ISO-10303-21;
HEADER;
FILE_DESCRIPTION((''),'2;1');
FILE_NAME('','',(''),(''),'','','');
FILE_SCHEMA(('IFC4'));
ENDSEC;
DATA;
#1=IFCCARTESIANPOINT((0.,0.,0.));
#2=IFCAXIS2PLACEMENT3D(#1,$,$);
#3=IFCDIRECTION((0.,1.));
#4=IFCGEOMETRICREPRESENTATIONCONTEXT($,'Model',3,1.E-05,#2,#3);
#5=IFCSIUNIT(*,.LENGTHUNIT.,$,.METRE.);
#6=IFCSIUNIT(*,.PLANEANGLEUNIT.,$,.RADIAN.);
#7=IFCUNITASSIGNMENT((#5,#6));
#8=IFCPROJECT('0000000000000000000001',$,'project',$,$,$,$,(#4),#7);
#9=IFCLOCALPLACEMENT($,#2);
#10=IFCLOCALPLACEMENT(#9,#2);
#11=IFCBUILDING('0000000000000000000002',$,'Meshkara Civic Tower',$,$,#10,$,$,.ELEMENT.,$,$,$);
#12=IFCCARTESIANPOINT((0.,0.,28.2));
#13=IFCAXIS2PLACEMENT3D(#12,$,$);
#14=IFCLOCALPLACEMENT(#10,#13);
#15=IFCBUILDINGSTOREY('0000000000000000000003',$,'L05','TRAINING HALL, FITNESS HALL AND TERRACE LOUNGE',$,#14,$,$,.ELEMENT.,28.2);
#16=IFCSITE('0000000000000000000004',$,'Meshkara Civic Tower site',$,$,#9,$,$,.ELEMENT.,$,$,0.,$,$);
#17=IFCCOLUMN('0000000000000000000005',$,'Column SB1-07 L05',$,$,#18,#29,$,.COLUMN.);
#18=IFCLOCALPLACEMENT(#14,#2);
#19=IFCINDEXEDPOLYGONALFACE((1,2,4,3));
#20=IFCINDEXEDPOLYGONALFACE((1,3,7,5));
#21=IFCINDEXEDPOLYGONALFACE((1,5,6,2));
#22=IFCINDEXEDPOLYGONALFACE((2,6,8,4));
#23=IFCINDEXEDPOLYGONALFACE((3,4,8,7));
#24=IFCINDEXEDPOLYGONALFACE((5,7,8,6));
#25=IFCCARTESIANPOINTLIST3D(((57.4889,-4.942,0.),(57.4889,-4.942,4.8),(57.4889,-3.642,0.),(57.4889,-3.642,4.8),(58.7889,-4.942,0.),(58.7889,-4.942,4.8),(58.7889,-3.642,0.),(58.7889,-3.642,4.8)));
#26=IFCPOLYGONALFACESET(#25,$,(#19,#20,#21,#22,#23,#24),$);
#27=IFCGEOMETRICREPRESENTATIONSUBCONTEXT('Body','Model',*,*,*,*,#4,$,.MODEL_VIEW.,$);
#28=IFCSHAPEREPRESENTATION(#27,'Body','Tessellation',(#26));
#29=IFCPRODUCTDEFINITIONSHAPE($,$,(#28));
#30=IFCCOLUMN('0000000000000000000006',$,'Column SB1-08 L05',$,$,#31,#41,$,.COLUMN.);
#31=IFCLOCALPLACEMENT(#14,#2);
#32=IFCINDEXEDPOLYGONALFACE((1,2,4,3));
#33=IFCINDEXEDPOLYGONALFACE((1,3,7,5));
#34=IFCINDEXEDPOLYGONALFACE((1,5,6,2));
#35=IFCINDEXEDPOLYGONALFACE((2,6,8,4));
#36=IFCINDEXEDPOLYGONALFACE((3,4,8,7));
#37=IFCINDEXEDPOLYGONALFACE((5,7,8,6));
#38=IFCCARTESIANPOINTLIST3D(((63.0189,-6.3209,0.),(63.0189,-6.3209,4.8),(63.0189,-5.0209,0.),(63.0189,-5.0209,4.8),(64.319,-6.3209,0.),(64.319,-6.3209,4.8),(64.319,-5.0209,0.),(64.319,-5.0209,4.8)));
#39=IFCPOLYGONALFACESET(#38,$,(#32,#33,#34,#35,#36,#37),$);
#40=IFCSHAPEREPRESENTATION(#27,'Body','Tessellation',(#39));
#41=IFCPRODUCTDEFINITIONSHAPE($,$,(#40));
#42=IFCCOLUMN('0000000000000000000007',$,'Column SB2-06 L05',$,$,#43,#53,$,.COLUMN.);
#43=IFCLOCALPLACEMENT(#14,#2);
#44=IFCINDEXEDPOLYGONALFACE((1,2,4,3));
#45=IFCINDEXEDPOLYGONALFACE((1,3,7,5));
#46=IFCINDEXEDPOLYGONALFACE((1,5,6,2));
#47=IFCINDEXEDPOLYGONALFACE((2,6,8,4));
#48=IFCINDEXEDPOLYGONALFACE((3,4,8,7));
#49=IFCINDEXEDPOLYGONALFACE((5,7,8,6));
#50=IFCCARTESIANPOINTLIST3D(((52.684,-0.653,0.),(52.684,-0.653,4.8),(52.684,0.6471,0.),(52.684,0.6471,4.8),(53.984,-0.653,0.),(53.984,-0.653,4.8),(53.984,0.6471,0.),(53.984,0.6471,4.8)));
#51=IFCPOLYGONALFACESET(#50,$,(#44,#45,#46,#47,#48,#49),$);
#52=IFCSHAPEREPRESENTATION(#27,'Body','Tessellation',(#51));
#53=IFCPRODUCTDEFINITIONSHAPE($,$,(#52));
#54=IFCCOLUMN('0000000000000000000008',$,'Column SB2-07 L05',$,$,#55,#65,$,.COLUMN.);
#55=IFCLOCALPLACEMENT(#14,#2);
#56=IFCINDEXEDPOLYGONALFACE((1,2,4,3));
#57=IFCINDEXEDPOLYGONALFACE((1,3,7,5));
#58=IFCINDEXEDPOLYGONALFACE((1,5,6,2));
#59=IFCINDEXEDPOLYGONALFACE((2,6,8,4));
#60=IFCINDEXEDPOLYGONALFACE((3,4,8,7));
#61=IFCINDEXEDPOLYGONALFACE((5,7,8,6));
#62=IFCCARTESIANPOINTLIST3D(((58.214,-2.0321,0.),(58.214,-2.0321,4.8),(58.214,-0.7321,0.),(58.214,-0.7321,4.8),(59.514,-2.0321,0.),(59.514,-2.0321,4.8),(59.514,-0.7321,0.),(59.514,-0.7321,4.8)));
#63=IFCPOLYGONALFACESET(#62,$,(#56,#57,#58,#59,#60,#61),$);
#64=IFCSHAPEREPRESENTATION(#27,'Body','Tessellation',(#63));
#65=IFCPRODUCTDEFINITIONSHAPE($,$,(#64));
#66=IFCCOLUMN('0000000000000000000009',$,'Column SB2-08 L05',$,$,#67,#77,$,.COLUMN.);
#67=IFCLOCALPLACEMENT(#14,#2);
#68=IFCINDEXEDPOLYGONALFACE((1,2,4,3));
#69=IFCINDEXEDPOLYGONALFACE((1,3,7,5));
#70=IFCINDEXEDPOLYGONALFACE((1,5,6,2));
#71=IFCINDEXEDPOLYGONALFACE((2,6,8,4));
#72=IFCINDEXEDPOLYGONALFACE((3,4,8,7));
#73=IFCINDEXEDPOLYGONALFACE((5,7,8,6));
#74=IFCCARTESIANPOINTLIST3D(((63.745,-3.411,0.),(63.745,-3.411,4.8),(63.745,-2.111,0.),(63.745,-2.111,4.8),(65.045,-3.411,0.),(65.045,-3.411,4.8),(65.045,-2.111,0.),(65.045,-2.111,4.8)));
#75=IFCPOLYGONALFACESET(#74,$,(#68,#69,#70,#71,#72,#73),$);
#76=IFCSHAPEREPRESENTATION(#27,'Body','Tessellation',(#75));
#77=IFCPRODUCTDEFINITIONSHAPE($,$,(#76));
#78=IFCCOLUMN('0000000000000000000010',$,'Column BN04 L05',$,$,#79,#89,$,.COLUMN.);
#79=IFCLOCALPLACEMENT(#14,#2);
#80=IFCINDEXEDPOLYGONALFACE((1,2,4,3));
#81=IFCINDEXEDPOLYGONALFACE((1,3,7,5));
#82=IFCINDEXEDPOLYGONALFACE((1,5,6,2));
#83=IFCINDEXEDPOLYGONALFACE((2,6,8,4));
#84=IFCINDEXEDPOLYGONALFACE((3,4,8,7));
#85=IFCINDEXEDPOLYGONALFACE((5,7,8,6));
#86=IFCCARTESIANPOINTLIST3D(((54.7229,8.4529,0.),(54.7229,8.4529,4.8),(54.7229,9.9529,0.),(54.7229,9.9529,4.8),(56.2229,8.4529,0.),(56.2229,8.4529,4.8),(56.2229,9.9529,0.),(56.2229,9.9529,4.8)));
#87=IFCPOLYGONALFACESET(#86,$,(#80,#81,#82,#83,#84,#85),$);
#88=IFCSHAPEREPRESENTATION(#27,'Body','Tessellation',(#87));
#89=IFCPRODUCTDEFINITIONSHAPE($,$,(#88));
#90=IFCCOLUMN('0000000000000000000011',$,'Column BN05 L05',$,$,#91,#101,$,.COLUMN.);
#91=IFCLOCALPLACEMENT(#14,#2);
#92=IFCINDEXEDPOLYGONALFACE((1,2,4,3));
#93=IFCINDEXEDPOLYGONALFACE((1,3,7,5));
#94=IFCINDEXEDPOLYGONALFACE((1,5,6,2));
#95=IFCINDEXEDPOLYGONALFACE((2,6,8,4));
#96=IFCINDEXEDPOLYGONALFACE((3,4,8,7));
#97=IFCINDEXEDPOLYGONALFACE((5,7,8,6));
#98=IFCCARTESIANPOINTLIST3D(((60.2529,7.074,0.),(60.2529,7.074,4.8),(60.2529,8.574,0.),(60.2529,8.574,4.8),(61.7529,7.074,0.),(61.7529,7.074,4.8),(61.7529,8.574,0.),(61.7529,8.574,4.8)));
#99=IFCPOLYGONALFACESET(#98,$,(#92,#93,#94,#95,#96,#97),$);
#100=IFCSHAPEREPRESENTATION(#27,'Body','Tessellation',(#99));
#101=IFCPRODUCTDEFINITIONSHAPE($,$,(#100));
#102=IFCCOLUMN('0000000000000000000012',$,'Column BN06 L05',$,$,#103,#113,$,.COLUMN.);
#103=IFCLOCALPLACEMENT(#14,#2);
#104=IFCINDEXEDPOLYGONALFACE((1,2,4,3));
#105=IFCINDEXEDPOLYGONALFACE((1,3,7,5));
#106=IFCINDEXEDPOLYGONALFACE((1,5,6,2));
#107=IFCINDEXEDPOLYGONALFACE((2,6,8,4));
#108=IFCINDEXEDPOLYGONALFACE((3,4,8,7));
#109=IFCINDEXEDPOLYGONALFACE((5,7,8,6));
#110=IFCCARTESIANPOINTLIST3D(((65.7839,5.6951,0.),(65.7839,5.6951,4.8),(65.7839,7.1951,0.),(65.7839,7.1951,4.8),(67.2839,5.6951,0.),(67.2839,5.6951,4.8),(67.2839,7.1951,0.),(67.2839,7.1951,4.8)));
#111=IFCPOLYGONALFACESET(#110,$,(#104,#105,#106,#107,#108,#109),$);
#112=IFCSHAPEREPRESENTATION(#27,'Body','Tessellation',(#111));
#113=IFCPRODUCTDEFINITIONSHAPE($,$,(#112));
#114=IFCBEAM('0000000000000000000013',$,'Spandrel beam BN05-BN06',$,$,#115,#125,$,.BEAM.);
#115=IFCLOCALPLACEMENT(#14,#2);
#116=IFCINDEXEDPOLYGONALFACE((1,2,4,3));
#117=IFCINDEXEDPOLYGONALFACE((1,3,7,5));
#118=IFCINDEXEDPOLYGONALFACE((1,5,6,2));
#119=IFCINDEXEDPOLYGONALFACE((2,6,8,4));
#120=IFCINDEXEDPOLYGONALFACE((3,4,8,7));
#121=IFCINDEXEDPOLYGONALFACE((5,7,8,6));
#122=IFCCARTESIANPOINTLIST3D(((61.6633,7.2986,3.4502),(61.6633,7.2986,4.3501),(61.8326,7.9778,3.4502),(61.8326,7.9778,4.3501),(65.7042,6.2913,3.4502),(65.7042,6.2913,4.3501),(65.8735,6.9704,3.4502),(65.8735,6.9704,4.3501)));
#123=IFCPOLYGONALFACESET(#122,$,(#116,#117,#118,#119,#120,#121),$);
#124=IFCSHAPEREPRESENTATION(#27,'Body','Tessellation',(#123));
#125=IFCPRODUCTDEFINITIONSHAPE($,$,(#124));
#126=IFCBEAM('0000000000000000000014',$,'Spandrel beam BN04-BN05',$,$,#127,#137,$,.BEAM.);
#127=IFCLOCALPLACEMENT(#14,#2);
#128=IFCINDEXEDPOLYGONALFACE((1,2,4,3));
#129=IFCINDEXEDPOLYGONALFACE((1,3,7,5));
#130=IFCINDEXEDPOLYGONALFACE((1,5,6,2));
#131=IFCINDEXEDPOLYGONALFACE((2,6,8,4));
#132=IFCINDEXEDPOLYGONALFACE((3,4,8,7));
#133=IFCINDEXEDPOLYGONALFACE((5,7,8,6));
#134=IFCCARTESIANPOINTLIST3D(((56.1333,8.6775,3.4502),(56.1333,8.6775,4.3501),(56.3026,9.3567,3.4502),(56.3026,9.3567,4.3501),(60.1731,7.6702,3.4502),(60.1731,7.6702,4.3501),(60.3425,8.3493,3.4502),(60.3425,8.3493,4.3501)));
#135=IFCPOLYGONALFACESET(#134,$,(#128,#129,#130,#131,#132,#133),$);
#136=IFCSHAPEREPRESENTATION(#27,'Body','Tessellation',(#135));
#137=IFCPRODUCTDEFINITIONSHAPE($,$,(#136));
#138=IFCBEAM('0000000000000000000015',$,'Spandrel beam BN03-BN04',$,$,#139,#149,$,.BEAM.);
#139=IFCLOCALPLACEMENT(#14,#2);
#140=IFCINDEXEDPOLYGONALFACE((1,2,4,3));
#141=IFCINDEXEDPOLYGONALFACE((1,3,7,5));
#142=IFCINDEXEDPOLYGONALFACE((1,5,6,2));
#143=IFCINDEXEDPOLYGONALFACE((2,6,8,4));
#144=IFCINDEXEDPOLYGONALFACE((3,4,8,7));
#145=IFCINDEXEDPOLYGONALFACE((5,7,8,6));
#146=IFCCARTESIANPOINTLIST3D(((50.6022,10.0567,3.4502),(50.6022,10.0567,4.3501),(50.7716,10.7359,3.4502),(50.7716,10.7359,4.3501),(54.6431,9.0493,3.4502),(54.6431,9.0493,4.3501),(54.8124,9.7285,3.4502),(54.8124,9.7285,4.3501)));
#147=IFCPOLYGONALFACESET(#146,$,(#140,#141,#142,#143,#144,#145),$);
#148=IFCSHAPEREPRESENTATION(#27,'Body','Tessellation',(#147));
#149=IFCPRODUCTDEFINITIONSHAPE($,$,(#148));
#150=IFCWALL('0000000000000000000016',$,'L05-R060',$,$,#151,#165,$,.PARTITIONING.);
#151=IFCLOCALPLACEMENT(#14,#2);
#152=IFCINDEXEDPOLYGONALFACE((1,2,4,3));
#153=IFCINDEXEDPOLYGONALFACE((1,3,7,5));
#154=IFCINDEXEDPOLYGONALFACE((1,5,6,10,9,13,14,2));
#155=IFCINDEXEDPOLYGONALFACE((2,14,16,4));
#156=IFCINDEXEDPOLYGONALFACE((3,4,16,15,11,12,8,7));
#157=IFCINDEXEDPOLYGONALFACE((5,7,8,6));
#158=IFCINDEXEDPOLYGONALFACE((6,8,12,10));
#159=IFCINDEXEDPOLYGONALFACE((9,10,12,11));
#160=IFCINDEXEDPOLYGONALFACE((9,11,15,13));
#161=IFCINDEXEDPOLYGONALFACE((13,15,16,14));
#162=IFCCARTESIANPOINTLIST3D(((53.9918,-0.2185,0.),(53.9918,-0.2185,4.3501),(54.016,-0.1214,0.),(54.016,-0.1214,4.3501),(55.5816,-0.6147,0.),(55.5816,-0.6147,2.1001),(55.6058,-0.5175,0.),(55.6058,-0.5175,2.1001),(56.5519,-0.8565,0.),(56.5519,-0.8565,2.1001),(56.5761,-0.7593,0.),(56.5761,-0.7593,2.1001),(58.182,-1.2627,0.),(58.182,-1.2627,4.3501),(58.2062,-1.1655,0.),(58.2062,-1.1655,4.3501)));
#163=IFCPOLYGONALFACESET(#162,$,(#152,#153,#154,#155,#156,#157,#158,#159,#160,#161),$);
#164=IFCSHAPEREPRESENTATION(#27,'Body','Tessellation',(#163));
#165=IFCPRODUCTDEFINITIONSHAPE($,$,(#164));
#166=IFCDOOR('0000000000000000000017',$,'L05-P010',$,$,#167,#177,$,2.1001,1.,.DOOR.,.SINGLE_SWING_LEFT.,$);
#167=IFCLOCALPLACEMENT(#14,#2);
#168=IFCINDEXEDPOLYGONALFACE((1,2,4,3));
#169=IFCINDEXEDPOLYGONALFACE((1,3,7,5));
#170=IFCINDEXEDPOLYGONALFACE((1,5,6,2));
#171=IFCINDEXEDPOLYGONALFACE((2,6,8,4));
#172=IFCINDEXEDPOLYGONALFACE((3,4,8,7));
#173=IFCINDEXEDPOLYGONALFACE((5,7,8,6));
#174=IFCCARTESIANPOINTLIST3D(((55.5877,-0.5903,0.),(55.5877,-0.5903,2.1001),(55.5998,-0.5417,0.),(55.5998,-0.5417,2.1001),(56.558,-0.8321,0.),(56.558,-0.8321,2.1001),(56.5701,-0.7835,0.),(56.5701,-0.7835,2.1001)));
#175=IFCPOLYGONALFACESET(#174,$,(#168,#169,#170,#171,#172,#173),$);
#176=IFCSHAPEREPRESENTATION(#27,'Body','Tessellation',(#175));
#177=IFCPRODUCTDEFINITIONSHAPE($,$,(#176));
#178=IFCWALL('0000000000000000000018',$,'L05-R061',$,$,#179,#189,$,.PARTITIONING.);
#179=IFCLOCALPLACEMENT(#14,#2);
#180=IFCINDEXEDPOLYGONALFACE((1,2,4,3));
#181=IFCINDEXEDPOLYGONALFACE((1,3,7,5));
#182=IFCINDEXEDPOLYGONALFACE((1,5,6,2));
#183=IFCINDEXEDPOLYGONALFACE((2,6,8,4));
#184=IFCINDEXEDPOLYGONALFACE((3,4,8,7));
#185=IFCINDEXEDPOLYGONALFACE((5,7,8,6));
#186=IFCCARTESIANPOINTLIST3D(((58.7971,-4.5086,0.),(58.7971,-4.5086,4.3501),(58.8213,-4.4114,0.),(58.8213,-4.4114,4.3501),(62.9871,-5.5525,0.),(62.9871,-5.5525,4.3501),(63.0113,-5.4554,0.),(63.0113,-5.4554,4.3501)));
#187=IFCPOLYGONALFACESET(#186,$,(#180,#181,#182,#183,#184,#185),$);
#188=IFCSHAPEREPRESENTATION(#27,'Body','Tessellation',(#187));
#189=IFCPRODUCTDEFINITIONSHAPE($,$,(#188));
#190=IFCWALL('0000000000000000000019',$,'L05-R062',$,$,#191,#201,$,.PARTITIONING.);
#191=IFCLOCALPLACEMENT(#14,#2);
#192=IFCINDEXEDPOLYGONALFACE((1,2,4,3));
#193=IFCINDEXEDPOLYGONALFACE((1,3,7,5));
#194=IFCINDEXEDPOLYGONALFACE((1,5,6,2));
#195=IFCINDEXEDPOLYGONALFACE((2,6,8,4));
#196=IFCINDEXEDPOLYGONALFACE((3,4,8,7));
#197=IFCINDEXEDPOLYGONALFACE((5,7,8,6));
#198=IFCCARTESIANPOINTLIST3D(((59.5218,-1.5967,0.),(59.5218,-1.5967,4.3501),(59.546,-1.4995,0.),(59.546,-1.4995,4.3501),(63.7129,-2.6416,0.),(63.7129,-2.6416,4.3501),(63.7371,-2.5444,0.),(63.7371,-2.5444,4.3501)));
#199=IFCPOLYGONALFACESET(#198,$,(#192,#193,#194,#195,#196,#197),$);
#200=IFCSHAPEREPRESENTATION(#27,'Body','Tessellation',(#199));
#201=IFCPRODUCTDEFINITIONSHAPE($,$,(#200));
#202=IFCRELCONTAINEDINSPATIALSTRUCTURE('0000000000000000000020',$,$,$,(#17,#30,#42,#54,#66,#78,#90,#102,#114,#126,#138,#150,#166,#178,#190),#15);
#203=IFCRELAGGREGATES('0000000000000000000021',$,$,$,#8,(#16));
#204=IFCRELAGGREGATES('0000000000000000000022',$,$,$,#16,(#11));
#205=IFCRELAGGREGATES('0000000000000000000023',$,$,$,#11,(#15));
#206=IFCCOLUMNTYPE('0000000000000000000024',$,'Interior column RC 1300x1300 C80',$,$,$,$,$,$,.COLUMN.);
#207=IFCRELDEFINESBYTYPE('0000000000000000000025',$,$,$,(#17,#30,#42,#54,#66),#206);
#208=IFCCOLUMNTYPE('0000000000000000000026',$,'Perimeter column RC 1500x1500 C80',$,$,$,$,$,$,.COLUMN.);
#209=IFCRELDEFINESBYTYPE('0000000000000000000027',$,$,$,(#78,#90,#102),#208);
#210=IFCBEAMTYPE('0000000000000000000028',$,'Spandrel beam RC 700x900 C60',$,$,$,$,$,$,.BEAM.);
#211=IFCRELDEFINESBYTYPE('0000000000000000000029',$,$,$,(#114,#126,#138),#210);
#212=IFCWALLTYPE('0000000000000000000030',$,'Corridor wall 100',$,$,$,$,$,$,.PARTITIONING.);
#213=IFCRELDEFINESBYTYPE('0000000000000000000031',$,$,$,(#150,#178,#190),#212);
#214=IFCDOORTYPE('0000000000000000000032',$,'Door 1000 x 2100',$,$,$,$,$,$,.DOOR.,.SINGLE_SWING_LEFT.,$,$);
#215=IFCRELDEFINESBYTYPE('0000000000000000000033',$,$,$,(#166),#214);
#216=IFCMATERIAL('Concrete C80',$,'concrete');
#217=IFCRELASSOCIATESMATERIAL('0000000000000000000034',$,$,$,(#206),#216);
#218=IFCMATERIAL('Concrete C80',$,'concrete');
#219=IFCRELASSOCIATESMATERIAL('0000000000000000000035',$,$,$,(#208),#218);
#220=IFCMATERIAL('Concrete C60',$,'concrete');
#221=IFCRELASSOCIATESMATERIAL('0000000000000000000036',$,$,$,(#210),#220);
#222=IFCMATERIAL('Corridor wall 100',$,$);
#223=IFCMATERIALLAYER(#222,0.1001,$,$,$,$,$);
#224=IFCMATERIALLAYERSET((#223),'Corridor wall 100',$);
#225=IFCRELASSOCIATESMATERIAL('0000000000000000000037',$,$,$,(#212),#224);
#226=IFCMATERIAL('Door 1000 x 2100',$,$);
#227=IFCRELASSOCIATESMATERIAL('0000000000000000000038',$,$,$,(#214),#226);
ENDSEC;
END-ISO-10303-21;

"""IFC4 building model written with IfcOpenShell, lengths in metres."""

from ifc_helpers import new_model, si_unit, direction, frame, frame_2d, origin, origin_2d, place, context, subcontext, project, spatial, rectangle, extrude, material, layer, layer_set, material_profile, profile_set, type_object, element, fill, save


model = new_model("IFC4")

# Units and contexts
model_context = context("Model", 3, precision=1e-05, world=origin(), true_north=direction((0.0, 1.0)))
body_context = subcontext(model_context, "Body", "Model", "MODEL_VIEW")
ifc_project = project(units=[si_unit("LENGTHUNIT", "METRE"), si_unit("PLANEANGLEUNIT", "RADIAN")], contexts=[model_context])

# Site, building, storey
site_placement = place(None, origin())
site = spatial("IfcSite", under=ifc_project, at=site_placement, Name="Meshkara Civic Tower site", CompositionType="ELEMENT", RefElevation=0.0)
building_placement = place(site_placement, origin())
building = spatial("IfcBuilding", under=site, at=building_placement, Name="Meshkara Civic Tower", CompositionType="ELEMENT")
storey_placement = place(building_placement, frame((0.0, 0.0, 28.2)))
storey = spatial("IfcBuildingStorey", under=building, at=storey_placement, Name="L05", Description="TRAINING HALL, FITNESS HALL AND TERRACE LOUNGE", CompositionType="ELEMENT", Elevation=28.2)

# Columns
ifc_material_1 = material(Name="Concrete C80", Category="concrete")
ifc_material_profile_1 = material_profile(ifc_material_1, rectangle(XDim=1.3, YDim=1.3, at=origin_2d()))
ifc_profile_set_1 = profile_set([ifc_material_profile_1], Name="Concrete C80")
column_type_1 = type_object("IfcColumnType", Name="Interior column RC 1300x1300 C80", PredefinedType="COLUMN", material=ifc_profile_set_1)
for number, where, z_axis, x_axis, name in (
    (1, (58.1389, -4.292, 0.0), (0.0, 0.0, 1.0), (1.0, 0.0, 0.0), "Column SB1-07 L05"),
    (2, (63.6689, -5.6709, 0.0), (0.0, 0.0, 1.0), (1.0, 0.0, 0.0), "Column SB1-08 L05"),
    (3, (53.334, -0.0029, 0.0), (0.0, 0.0, 1.0), (1.0, 0.0, 0.0), "Column SB2-06 L05"),
    (4, (58.864, -1.3821, 0.0), (0.0, 0.0, 1.0), (1.0, 0.0, 0.0), "Column SB2-07 L05"),
    (5, (64.395, -2.761, 0.0), (0.0, 0.0, 1.0), (1.0, 0.0, 0.0), "Column SB2-08 L05"),
):
    element("IfcColumn", number, at=place(storey_placement, frame(where, z_axis=z_axis, x_axis=x_axis)), inside=storey, type_object=column_type_1, Name=name, PredefinedType="COLUMN", context=body_context, shape_type="SweptSolid", body=[
        extrude(rectangle(XDim=1.3, YDim=1.3, at=origin_2d()), origin(), (0.0, 0.0, 1.0), 4.8),
    ])
ifc_material_2 = material(Name="Concrete C80", Category="concrete")
ifc_material_profile_2 = material_profile(ifc_material_2, rectangle(XDim=1.5, YDim=1.5, at=origin_2d()))
ifc_profile_set_2 = profile_set([ifc_material_profile_2], Name="Concrete C80")
column_type_2 = type_object("IfcColumnType", Name="Perimeter column RC 1500x1500 C80", PredefinedType="COLUMN", material=ifc_profile_set_2)
for number, where, z_axis, x_axis, name in (
    (6, (55.4729, 9.2029, 0.0), (0.0, 0.0, 1.0), (1.0, 0.0, 0.0), "Column BN04 L05"),
    (7, (61.0029, 7.824, 0.0), (0.0, 0.0, 1.0), (1.0, 0.0, 0.0), "Column BN05 L05"),
    (8, (66.5339, 6.4451, 0.0), (0.0, 0.0, 1.0), (1.0, 0.0, 0.0), "Column BN06 L05"),
):
    element("IfcColumn", number, at=place(storey_placement, frame(where, z_axis=z_axis, x_axis=x_axis)), inside=storey, type_object=column_type_2, Name=name, PredefinedType="COLUMN", context=body_context, shape_type="SweptSolid", body=[
        extrude(rectangle(XDim=1.5, YDim=1.5, at=origin_2d()), origin(), (0.0, 0.0, 1.0), 4.8),
    ])

# Beams
ifc_material_3 = material(Name="Concrete C60", Category="concrete")
ifc_material_profile_3 = material_profile(ifc_material_3, rectangle(XDim=0.7, YDim=0.8999, at=origin_2d()))
ifc_profile_set_3 = profile_set([ifc_material_profile_3], Name="Concrete C60")
beam_type = type_object("IfcBeamType", Name="Spandrel beam RC 700x900 C60", PredefinedType="BEAM", material=ifc_profile_set_3)
beam_1_placement = place(storey_placement, frame((65.7888, 6.6309, 3.9001), z_axis=(-0.970304, 0.241887, 0.0), x_axis=(-0.241887, -0.970304, 0.0)))
element("IfcBeam", 9, at=beam_1_placement, inside=storey, type_object=beam_type, Name="Spandrel beam BN05-BN06", PredefinedType="BEAM", context=body_context, shape_type="SweptSolid", body=[
    extrude(rectangle(XDim=0.7, YDim=0.8999, at=origin_2d()), origin(), (0.0, 0.0, 1.0), 4.1646),
])
beam_2_placement = place(storey_placement, frame((60.2578, 8.0098, 3.9001), z_axis=(-0.970291, 0.241942, 0.0), x_axis=(-0.241942, -0.970291, 0.0)))
element("IfcBeam", 10, at=beam_2_placement, inside=storey, type_object=beam_type, Name="Spandrel beam BN04-BN05", PredefinedType="BEAM", context=body_context, shape_type="SweptSolid", body=[
    extrude(rectangle(XDim=0.7, YDim=0.8999, at=origin_2d()), origin(), (0.0, 0.0, 1.0), 4.1636),
])
beam_3_placement = place(storey_placement, frame((54.7278, 9.3889, 3.9001), z_axis=(-0.970304, 0.241887, 0.0), x_axis=(-0.241887, -0.970304, 0.0)))
element("IfcBeam", 11, at=beam_3_placement, inside=storey, type_object=beam_type, Name="Spandrel beam BN03-BN04", PredefinedType="BEAM", context=body_context, shape_type="SweptSolid", body=[
    extrude(rectangle(XDim=0.7, YDim=0.8999, at=origin_2d()), origin(), (0.0, 0.0, 1.0), 4.1646),
])

# Wall, opening, door
ifc_material_4 = material(Name="Corridor wall 100")
ifc_layer_1 = layer(ifc_material_4, 0.1001)
ifc_layer_set_1 = layer_set([ifc_layer_1], Name="Corridor wall 100")
wall_type_1 = type_object("IfcWallType", Name="Corridor wall 100", PredefinedType="PARTITIONING", material=ifc_layer_set_1)
wall_1_placement = place(storey_placement, frame((58.1941, -1.2141, 0.0), z_axis=(0.0, 0.0, 1.0), x_axis=(-0.970325, 0.241804, 0.0)))
wall_1 = element("IfcWall", 12, at=wall_1_placement, inside=storey, type_object=wall_type_1, Name="L05-R060", PredefinedType="PARTITIONING", context=body_context, shape_type="SweptSolid", body=[
    extrude(rectangle(XDim=4.3184, YDim=0.1001, at=frame_2d((2.1592, 0.0))), origin(), (0.0, 0.0, 1.0), 4.3501),
])
opening_1_placement = place(wall_1_placement, frame((1.6799, 0.0, 0.0)))
opening_1 = element("IfcOpeningElement", 13, at=opening_1_placement, cuts=wall_1, PredefinedType="OPENING", context=body_context, shape_type="SweptSolid", body=[
    extrude(rectangle(XDim=1.0, YDim=2.1001, at=frame_2d((0.5, 1.05))), frame((0.0, 0.0601, 0.0), z_axis=(0.0, -1.0, 0.0), x_axis=(1.0, 0.0, 0.0)), (0.0, 0.0, 1.0), 0.1201),
])
ifc_material_5 = material(Name="Door 1000 x 2100")
door_type_1 = type_object("IfcDoorType", Name="Door 1000 x 2100", OperationType="SINGLE_SWING_LEFT", PredefinedType="DOOR", material=ifc_material_5)
door_1_placement = place(opening_1_placement, origin())
door_1 = element("IfcDoor", 14, at=door_1_placement, inside=storey, type_object=door_type_1, Name="L05-P010", OperationType="SINGLE_SWING_LEFT", OverallHeight=2.1001, OverallWidth=1.0, PredefinedType="DOOR", context=body_context, shape_type="SweptSolid", body=[
    extrude(rectangle(XDim=1.0, YDim=2.1001, at=frame_2d((0.5, 1.05))), frame((0.0, 0.0249, 0.0), z_axis=(0.0, -1.0, 0.0), x_axis=(1.0, 0.0, 0.0)), (0.0, 0.0, 1.0), 0.05),
])
fill(opening_1, door_1)

# Walls
wall_2_placement = place(storey_placement, frame((58.8091, -4.46, 0.0), z_axis=(0.0, 0.0, 1.0), x_axis=(0.970335, -0.241764, 0.0)))
element("IfcWall", 15, at=wall_2_placement, inside=storey, type_object=wall_type_1, Name="L05-R061", PredefinedType="PARTITIONING", context=body_context, shape_type="SweptSolid", body=[
    extrude(rectangle(XDim=4.3181, YDim=0.1001, at=frame_2d((2.1592, 0.0))), origin(), (0.0, 0.0, 1.0), 4.3501),
])
wall_3_placement = place(storey_placement, frame((59.5339, -1.5481, 0.0), z_axis=(0.0, 0.0, 1.0), x_axis=(0.970299, -0.241911, 0.0)))
element("IfcWall", 16, at=wall_3_placement, inside=storey, type_object=wall_type_1, Name="L05-R062", PredefinedType="PARTITIONING", context=body_context, shape_type="SweptSolid", body=[
    extrude(rectangle(XDim=4.3193, YDim=0.1001, at=frame_2d((2.1597, 0.0))), origin(), (0.0, 0.0, 1.0), 4.3501),
])

save(model, "model.ifc")
